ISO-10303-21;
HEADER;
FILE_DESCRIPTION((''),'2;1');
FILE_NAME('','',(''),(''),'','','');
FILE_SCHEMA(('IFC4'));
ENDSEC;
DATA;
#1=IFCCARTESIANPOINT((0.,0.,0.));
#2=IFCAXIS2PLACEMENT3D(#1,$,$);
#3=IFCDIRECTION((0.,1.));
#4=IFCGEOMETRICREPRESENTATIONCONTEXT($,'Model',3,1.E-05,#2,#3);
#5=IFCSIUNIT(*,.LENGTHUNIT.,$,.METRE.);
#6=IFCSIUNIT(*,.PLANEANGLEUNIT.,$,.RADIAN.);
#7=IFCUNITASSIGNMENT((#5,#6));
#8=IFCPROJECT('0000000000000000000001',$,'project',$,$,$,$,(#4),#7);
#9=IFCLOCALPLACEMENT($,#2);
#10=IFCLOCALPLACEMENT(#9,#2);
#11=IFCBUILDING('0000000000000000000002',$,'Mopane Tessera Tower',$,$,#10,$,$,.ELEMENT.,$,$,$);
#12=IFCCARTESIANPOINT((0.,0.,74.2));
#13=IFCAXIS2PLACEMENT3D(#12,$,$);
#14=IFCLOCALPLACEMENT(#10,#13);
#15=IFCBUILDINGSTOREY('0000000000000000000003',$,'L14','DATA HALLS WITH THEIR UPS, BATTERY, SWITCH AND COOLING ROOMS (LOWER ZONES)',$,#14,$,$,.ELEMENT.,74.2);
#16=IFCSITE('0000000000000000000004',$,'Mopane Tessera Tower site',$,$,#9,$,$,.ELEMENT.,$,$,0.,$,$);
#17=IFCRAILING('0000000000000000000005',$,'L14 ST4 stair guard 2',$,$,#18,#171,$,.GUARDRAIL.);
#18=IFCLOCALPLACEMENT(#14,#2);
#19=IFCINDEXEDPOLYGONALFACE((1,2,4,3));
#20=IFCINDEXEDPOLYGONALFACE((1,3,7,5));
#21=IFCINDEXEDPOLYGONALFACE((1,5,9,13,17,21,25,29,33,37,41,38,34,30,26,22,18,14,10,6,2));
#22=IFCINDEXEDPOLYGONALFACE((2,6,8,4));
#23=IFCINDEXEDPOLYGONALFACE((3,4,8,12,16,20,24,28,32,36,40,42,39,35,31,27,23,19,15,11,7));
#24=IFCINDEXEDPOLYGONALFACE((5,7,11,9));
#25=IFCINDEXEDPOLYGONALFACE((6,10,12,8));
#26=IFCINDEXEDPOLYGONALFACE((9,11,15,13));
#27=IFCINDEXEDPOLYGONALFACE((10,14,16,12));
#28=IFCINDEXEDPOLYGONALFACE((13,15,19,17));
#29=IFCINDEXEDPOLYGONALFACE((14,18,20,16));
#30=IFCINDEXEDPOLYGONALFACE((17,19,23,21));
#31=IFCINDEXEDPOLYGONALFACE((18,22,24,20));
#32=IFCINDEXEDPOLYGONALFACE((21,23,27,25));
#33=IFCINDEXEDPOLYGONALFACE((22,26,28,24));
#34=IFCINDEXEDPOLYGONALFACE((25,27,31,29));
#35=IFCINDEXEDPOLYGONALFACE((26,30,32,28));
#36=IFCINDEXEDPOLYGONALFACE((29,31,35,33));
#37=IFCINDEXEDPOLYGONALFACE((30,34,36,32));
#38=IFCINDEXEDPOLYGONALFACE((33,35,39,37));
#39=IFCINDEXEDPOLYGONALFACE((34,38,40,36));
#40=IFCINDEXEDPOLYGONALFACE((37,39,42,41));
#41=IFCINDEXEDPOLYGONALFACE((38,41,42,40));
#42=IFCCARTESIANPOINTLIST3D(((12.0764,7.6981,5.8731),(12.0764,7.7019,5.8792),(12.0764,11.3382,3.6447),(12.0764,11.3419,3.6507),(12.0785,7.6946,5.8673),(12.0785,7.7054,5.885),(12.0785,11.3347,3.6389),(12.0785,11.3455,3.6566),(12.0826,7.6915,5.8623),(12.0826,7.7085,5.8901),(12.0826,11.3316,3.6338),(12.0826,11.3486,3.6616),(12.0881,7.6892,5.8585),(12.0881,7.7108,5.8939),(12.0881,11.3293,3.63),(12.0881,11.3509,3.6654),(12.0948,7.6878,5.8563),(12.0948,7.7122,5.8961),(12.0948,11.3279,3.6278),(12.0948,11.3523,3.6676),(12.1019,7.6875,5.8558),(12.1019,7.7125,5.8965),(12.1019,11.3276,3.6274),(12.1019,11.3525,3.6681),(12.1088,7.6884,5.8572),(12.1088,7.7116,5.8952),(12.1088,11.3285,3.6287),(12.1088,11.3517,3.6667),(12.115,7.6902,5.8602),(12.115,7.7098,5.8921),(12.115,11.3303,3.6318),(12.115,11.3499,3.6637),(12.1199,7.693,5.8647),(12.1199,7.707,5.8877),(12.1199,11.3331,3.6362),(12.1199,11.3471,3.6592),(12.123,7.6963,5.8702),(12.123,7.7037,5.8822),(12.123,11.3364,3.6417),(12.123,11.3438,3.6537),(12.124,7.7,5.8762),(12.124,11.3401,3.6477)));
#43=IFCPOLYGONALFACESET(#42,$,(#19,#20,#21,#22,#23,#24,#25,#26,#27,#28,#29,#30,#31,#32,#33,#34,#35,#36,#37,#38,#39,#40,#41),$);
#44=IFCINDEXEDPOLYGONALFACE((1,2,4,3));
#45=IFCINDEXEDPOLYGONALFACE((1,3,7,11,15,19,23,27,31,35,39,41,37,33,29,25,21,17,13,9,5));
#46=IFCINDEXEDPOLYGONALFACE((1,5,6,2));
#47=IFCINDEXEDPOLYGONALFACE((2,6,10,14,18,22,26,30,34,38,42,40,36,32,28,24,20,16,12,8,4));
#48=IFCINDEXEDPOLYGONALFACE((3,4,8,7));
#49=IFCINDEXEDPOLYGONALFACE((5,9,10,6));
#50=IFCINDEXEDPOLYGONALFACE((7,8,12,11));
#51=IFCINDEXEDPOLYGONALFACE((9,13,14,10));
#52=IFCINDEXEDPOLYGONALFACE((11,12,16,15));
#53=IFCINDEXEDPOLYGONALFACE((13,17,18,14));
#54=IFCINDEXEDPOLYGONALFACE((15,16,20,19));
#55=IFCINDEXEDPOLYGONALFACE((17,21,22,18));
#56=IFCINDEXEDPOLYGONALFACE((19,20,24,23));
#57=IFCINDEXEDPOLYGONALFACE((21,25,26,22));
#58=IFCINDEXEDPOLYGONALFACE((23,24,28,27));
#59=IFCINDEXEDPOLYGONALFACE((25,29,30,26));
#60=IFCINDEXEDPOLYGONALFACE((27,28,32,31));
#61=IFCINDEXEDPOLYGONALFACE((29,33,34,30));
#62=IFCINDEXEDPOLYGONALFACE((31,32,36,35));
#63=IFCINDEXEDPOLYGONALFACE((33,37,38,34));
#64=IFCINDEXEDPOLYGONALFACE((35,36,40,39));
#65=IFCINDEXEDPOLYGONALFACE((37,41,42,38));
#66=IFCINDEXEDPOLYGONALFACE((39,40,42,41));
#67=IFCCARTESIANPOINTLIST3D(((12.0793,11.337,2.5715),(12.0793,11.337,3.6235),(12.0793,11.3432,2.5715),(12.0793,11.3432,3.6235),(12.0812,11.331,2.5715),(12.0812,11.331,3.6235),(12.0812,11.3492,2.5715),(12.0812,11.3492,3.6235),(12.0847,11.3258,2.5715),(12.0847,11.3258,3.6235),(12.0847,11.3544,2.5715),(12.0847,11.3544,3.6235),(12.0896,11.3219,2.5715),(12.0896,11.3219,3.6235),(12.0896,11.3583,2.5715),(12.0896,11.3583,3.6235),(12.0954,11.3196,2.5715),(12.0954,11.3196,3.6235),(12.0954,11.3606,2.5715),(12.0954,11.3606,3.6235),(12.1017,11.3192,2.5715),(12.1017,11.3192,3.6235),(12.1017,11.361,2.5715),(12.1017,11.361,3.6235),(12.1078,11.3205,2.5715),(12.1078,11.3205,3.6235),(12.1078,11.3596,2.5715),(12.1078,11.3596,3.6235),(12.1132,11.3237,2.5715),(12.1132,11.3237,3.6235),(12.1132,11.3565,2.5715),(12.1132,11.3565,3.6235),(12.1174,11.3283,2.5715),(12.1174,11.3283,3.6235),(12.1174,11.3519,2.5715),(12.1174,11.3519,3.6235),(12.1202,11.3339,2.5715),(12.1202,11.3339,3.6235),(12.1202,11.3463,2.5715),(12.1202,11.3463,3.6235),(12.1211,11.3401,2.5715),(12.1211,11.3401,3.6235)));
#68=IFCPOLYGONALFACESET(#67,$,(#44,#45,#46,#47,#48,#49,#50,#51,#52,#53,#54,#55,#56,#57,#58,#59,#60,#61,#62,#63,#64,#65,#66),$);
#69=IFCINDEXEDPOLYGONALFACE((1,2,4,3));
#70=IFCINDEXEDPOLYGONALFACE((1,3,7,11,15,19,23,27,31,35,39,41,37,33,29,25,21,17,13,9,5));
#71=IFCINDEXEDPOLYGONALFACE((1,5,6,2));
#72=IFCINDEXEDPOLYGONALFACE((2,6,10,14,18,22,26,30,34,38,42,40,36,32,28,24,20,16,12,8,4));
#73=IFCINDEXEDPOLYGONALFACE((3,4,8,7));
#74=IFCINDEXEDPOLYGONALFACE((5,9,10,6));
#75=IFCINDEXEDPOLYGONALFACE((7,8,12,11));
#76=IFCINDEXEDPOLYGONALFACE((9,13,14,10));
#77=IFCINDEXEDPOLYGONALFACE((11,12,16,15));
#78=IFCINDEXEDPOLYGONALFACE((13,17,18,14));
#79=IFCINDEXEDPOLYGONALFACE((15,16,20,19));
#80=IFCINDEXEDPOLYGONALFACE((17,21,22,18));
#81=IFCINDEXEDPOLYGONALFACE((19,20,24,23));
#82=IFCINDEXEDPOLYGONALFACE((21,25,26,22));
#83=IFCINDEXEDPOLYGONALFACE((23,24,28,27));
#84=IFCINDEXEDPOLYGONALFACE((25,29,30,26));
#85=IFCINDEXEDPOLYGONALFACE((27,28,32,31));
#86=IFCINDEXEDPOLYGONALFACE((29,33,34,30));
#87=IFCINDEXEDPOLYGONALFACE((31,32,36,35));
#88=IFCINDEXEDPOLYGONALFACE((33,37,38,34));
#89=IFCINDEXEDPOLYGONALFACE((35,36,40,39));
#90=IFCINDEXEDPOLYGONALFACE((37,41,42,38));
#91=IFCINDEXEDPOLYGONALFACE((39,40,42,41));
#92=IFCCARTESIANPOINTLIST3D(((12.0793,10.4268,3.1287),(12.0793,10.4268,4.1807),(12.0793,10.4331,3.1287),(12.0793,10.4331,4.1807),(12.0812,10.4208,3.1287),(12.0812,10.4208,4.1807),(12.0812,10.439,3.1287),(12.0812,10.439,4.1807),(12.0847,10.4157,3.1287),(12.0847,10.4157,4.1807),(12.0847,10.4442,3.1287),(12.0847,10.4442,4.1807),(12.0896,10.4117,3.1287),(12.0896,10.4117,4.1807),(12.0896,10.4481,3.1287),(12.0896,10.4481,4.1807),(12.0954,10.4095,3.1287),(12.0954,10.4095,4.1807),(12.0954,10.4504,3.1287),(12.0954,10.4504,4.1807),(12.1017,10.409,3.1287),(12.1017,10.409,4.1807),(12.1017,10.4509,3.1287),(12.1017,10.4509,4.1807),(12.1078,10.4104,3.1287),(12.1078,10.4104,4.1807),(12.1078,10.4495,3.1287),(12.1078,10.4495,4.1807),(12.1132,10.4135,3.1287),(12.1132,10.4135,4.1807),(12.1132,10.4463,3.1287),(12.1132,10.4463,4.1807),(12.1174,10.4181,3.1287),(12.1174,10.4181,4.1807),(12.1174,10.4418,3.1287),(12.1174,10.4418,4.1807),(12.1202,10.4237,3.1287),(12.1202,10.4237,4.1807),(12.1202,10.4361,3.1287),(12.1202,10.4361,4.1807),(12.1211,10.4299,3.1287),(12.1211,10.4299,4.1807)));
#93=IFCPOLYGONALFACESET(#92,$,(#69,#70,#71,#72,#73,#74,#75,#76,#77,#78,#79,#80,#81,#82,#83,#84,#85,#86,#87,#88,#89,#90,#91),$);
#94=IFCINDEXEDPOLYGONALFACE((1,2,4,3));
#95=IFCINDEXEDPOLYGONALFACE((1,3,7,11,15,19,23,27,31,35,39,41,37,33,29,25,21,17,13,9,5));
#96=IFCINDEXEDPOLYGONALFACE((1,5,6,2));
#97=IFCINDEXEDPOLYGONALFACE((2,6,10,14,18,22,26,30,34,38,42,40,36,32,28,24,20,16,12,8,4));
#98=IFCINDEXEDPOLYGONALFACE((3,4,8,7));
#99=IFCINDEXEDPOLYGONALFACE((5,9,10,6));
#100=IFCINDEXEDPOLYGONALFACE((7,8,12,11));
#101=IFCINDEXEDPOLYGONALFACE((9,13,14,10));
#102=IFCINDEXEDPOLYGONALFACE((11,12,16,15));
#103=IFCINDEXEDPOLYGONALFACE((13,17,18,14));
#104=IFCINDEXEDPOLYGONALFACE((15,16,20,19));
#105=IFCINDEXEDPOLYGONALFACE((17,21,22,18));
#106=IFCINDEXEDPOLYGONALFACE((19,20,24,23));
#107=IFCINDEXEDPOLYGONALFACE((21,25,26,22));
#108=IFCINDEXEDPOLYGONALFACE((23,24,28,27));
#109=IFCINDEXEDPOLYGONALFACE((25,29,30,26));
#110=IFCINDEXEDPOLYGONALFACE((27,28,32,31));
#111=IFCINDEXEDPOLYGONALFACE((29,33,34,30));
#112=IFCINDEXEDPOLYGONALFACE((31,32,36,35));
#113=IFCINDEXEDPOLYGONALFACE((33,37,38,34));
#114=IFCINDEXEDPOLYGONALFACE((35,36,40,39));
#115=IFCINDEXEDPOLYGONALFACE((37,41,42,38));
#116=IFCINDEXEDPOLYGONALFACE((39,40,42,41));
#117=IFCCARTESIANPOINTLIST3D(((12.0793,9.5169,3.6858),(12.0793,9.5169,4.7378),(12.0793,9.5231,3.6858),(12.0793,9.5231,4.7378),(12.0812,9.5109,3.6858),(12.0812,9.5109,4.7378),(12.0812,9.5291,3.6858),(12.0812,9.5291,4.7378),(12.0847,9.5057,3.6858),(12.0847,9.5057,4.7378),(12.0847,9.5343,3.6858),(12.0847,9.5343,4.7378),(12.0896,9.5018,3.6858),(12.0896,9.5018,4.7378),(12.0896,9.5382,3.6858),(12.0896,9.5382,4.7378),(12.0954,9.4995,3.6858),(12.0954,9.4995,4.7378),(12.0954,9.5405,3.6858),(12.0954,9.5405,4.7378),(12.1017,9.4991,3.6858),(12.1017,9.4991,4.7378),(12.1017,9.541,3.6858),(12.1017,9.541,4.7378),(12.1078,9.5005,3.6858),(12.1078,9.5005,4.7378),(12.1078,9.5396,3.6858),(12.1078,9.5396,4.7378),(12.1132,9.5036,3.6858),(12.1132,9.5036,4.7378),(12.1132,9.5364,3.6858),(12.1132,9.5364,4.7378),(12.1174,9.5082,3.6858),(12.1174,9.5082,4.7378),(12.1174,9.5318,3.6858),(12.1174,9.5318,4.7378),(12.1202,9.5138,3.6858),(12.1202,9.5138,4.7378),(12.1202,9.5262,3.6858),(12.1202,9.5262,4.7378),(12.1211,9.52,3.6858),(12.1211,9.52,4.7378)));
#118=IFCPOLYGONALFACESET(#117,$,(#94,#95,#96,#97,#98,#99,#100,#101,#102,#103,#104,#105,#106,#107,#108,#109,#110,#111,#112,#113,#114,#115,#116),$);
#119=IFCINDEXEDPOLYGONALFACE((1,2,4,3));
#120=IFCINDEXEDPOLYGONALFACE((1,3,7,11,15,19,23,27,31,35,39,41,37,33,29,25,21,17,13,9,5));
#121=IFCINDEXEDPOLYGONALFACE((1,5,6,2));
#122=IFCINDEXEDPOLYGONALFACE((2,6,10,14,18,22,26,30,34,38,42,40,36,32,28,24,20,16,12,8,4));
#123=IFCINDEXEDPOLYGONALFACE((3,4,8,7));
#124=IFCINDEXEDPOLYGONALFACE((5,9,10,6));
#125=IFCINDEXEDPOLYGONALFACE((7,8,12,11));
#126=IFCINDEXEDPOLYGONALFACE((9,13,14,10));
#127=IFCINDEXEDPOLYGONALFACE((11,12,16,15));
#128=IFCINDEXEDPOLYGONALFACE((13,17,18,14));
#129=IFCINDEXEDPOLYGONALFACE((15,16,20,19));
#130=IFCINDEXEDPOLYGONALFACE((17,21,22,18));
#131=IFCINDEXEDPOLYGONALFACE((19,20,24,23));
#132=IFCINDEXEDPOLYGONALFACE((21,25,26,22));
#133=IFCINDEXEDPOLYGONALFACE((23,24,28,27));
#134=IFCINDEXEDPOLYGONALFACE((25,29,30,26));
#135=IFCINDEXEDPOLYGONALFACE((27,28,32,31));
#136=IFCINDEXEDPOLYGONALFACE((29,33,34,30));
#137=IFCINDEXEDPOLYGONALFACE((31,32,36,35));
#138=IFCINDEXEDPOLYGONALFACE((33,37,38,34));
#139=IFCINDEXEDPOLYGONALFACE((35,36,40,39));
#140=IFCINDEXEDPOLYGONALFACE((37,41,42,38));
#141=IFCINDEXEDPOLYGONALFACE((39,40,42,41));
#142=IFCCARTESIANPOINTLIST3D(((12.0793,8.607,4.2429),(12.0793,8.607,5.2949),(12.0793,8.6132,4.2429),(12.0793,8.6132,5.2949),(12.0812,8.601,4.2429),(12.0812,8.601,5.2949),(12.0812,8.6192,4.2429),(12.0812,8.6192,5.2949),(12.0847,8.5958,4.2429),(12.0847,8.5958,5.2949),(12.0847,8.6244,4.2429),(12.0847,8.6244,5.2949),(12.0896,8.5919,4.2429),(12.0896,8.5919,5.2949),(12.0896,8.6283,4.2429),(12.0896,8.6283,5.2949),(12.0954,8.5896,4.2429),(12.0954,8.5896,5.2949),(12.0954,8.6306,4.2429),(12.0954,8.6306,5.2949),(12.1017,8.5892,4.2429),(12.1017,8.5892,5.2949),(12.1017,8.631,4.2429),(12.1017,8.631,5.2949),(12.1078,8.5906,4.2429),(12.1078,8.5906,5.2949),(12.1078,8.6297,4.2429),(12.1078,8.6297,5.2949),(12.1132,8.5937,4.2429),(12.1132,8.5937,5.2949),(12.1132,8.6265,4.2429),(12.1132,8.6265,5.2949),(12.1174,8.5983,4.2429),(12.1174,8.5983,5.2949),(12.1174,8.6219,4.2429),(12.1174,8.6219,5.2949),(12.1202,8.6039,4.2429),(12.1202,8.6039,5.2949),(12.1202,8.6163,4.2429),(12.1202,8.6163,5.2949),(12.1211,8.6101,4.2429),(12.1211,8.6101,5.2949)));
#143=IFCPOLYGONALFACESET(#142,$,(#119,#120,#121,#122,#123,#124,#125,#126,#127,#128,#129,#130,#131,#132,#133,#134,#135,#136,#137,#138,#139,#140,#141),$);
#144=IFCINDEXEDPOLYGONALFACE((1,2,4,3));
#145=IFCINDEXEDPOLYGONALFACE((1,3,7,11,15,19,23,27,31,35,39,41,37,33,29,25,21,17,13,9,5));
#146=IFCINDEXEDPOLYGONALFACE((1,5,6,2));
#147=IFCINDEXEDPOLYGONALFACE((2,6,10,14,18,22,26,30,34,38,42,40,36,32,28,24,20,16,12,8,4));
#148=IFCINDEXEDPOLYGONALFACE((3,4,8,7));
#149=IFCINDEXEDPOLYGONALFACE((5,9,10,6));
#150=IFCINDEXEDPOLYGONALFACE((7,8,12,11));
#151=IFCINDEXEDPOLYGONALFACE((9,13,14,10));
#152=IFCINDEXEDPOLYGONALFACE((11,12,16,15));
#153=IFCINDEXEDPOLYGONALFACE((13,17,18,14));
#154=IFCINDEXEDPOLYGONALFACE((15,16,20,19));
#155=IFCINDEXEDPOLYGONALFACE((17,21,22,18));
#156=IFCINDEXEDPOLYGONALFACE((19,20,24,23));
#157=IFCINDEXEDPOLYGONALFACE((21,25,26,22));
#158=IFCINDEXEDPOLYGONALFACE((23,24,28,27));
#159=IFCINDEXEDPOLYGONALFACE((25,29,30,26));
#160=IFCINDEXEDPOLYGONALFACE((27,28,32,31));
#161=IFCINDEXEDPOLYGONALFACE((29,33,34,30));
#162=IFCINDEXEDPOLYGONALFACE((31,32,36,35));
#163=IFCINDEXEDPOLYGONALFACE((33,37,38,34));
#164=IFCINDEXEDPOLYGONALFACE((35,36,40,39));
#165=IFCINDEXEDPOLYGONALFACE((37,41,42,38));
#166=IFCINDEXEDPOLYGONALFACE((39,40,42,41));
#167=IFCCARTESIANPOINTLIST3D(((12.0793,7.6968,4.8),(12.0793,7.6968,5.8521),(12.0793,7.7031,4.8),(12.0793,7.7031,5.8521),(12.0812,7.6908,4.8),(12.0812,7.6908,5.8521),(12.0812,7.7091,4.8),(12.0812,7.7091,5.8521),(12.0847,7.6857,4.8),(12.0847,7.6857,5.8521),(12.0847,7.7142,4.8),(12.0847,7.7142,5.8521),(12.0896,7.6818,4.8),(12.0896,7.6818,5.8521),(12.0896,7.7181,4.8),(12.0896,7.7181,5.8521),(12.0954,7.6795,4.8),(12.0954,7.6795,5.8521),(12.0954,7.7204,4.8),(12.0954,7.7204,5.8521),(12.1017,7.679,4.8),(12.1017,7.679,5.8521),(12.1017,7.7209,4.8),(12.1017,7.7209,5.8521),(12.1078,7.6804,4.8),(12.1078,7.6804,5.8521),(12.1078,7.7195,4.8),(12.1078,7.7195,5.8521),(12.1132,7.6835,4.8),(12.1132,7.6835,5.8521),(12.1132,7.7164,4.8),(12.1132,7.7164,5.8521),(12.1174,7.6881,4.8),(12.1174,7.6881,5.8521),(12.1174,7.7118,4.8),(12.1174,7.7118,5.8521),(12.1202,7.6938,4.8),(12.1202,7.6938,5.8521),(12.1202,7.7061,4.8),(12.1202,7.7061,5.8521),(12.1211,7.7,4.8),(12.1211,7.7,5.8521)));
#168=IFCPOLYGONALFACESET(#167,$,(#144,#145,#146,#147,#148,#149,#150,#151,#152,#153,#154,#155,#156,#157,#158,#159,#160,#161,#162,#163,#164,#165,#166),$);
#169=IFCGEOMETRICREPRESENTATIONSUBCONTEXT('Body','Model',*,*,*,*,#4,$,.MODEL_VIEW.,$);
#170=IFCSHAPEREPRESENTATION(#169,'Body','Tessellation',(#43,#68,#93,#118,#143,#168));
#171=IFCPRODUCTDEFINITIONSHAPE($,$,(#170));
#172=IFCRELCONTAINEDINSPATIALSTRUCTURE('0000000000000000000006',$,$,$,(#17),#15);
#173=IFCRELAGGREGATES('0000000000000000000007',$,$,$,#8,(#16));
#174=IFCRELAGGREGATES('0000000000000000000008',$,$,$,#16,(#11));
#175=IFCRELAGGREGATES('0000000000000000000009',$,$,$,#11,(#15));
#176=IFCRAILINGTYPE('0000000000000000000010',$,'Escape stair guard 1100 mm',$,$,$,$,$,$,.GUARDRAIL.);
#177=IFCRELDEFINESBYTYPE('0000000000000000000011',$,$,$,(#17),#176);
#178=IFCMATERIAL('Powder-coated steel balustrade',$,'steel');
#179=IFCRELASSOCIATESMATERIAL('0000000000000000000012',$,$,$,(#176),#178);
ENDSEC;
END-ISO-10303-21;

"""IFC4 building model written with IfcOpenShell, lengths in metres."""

from ifc_helpers import new_model, si_unit, direction, frame, origin, origin_2d, place, context, subcontext, project, spatial, circle, extrude, material, type_object, element, save


model = new_model("IFC4")

# Units and contexts
model_context = context("Model", 3, precision=1e-05, world=origin(), true_north=direction((0.0, 1.0)))
body_context = subcontext(model_context, "Body", "Model", "MODEL_VIEW")
ifc_project = project(units=[si_unit("LENGTHUNIT", "METRE"), si_unit("PLANEANGLEUNIT", "RADIAN")], contexts=[model_context])

# Site, building, storey
site_placement = place(None, origin())
site = spatial("IfcSite", under=ifc_project, at=site_placement, Name="Mopane Tessera Tower site", CompositionType="ELEMENT", RefElevation=0.0)
building_placement = place(site_placement, origin())
building = spatial("IfcBuilding", under=site, at=building_placement, Name="Mopane Tessera Tower", CompositionType="ELEMENT")
storey_placement = place(building_placement, frame((0.0, 0.0, 74.2)))
storey = spatial("IfcBuildingStorey", under=building, at=storey_placement, Name="L14", Description="DATA HALLS WITH THEIR UPS, BATTERY, SWITCH AND COOLING ROOMS (LOWER ZONES)", CompositionType="ELEMENT", Elevation=74.2)

# Railing
ifc_material_1 = material(Name="Powder-coated steel balustrade", Category="steel")
railing_type_1 = type_object("IfcRailingType", Name="Escape stair guard 1100 mm", PredefinedType="GUARDRAIL", material=ifc_material_1)
railing_1_placement = place(storey_placement, frame((12.1001, 11.3401, 2.5715)))
element("IfcRailing", 1, at=railing_1_placement, inside=storey, type_object=railing_type_1, Name="L14 ST4 stair guard 2", PredefinedType="GUARDRAIL", context=body_context, shape_type="SweptSolid", body=[
    extrude(circle(Radius=0.0239, at=origin_2d()), frame((0.0, 0.0, 1.0762), z_axis=(0.0, -0.852866, 0.52213), x_axis=(1.0, 0.0, 0.0)), (0.0, 0.0, 1.0), 4.2681),
    extrude(circle(Radius=0.021, at=origin_2d()), origin(), (0.0, 0.0, 1.0), 1.052),
    extrude(circle(Radius=0.021, at=origin_2d()), frame((0.0, -0.9102, 0.5571)), (0.0, 0.0, 1.0), 1.052),
    extrude(circle(Radius=0.021, at=origin_2d()), frame((0.0, -1.8201, 1.1143)), (0.0, 0.0, 1.0), 1.052),
    extrude(circle(Radius=0.021, at=origin_2d()), frame((0.0, -2.73, 1.6714)), (0.0, 0.0, 1.0), 1.052),
    extrude(circle(Radius=0.021, at=origin_2d()), frame((0.0, -3.6401, 2.2285)), (0.0, 0.0, 1.0), 1.052),
])

save(model, "model.ifc")
